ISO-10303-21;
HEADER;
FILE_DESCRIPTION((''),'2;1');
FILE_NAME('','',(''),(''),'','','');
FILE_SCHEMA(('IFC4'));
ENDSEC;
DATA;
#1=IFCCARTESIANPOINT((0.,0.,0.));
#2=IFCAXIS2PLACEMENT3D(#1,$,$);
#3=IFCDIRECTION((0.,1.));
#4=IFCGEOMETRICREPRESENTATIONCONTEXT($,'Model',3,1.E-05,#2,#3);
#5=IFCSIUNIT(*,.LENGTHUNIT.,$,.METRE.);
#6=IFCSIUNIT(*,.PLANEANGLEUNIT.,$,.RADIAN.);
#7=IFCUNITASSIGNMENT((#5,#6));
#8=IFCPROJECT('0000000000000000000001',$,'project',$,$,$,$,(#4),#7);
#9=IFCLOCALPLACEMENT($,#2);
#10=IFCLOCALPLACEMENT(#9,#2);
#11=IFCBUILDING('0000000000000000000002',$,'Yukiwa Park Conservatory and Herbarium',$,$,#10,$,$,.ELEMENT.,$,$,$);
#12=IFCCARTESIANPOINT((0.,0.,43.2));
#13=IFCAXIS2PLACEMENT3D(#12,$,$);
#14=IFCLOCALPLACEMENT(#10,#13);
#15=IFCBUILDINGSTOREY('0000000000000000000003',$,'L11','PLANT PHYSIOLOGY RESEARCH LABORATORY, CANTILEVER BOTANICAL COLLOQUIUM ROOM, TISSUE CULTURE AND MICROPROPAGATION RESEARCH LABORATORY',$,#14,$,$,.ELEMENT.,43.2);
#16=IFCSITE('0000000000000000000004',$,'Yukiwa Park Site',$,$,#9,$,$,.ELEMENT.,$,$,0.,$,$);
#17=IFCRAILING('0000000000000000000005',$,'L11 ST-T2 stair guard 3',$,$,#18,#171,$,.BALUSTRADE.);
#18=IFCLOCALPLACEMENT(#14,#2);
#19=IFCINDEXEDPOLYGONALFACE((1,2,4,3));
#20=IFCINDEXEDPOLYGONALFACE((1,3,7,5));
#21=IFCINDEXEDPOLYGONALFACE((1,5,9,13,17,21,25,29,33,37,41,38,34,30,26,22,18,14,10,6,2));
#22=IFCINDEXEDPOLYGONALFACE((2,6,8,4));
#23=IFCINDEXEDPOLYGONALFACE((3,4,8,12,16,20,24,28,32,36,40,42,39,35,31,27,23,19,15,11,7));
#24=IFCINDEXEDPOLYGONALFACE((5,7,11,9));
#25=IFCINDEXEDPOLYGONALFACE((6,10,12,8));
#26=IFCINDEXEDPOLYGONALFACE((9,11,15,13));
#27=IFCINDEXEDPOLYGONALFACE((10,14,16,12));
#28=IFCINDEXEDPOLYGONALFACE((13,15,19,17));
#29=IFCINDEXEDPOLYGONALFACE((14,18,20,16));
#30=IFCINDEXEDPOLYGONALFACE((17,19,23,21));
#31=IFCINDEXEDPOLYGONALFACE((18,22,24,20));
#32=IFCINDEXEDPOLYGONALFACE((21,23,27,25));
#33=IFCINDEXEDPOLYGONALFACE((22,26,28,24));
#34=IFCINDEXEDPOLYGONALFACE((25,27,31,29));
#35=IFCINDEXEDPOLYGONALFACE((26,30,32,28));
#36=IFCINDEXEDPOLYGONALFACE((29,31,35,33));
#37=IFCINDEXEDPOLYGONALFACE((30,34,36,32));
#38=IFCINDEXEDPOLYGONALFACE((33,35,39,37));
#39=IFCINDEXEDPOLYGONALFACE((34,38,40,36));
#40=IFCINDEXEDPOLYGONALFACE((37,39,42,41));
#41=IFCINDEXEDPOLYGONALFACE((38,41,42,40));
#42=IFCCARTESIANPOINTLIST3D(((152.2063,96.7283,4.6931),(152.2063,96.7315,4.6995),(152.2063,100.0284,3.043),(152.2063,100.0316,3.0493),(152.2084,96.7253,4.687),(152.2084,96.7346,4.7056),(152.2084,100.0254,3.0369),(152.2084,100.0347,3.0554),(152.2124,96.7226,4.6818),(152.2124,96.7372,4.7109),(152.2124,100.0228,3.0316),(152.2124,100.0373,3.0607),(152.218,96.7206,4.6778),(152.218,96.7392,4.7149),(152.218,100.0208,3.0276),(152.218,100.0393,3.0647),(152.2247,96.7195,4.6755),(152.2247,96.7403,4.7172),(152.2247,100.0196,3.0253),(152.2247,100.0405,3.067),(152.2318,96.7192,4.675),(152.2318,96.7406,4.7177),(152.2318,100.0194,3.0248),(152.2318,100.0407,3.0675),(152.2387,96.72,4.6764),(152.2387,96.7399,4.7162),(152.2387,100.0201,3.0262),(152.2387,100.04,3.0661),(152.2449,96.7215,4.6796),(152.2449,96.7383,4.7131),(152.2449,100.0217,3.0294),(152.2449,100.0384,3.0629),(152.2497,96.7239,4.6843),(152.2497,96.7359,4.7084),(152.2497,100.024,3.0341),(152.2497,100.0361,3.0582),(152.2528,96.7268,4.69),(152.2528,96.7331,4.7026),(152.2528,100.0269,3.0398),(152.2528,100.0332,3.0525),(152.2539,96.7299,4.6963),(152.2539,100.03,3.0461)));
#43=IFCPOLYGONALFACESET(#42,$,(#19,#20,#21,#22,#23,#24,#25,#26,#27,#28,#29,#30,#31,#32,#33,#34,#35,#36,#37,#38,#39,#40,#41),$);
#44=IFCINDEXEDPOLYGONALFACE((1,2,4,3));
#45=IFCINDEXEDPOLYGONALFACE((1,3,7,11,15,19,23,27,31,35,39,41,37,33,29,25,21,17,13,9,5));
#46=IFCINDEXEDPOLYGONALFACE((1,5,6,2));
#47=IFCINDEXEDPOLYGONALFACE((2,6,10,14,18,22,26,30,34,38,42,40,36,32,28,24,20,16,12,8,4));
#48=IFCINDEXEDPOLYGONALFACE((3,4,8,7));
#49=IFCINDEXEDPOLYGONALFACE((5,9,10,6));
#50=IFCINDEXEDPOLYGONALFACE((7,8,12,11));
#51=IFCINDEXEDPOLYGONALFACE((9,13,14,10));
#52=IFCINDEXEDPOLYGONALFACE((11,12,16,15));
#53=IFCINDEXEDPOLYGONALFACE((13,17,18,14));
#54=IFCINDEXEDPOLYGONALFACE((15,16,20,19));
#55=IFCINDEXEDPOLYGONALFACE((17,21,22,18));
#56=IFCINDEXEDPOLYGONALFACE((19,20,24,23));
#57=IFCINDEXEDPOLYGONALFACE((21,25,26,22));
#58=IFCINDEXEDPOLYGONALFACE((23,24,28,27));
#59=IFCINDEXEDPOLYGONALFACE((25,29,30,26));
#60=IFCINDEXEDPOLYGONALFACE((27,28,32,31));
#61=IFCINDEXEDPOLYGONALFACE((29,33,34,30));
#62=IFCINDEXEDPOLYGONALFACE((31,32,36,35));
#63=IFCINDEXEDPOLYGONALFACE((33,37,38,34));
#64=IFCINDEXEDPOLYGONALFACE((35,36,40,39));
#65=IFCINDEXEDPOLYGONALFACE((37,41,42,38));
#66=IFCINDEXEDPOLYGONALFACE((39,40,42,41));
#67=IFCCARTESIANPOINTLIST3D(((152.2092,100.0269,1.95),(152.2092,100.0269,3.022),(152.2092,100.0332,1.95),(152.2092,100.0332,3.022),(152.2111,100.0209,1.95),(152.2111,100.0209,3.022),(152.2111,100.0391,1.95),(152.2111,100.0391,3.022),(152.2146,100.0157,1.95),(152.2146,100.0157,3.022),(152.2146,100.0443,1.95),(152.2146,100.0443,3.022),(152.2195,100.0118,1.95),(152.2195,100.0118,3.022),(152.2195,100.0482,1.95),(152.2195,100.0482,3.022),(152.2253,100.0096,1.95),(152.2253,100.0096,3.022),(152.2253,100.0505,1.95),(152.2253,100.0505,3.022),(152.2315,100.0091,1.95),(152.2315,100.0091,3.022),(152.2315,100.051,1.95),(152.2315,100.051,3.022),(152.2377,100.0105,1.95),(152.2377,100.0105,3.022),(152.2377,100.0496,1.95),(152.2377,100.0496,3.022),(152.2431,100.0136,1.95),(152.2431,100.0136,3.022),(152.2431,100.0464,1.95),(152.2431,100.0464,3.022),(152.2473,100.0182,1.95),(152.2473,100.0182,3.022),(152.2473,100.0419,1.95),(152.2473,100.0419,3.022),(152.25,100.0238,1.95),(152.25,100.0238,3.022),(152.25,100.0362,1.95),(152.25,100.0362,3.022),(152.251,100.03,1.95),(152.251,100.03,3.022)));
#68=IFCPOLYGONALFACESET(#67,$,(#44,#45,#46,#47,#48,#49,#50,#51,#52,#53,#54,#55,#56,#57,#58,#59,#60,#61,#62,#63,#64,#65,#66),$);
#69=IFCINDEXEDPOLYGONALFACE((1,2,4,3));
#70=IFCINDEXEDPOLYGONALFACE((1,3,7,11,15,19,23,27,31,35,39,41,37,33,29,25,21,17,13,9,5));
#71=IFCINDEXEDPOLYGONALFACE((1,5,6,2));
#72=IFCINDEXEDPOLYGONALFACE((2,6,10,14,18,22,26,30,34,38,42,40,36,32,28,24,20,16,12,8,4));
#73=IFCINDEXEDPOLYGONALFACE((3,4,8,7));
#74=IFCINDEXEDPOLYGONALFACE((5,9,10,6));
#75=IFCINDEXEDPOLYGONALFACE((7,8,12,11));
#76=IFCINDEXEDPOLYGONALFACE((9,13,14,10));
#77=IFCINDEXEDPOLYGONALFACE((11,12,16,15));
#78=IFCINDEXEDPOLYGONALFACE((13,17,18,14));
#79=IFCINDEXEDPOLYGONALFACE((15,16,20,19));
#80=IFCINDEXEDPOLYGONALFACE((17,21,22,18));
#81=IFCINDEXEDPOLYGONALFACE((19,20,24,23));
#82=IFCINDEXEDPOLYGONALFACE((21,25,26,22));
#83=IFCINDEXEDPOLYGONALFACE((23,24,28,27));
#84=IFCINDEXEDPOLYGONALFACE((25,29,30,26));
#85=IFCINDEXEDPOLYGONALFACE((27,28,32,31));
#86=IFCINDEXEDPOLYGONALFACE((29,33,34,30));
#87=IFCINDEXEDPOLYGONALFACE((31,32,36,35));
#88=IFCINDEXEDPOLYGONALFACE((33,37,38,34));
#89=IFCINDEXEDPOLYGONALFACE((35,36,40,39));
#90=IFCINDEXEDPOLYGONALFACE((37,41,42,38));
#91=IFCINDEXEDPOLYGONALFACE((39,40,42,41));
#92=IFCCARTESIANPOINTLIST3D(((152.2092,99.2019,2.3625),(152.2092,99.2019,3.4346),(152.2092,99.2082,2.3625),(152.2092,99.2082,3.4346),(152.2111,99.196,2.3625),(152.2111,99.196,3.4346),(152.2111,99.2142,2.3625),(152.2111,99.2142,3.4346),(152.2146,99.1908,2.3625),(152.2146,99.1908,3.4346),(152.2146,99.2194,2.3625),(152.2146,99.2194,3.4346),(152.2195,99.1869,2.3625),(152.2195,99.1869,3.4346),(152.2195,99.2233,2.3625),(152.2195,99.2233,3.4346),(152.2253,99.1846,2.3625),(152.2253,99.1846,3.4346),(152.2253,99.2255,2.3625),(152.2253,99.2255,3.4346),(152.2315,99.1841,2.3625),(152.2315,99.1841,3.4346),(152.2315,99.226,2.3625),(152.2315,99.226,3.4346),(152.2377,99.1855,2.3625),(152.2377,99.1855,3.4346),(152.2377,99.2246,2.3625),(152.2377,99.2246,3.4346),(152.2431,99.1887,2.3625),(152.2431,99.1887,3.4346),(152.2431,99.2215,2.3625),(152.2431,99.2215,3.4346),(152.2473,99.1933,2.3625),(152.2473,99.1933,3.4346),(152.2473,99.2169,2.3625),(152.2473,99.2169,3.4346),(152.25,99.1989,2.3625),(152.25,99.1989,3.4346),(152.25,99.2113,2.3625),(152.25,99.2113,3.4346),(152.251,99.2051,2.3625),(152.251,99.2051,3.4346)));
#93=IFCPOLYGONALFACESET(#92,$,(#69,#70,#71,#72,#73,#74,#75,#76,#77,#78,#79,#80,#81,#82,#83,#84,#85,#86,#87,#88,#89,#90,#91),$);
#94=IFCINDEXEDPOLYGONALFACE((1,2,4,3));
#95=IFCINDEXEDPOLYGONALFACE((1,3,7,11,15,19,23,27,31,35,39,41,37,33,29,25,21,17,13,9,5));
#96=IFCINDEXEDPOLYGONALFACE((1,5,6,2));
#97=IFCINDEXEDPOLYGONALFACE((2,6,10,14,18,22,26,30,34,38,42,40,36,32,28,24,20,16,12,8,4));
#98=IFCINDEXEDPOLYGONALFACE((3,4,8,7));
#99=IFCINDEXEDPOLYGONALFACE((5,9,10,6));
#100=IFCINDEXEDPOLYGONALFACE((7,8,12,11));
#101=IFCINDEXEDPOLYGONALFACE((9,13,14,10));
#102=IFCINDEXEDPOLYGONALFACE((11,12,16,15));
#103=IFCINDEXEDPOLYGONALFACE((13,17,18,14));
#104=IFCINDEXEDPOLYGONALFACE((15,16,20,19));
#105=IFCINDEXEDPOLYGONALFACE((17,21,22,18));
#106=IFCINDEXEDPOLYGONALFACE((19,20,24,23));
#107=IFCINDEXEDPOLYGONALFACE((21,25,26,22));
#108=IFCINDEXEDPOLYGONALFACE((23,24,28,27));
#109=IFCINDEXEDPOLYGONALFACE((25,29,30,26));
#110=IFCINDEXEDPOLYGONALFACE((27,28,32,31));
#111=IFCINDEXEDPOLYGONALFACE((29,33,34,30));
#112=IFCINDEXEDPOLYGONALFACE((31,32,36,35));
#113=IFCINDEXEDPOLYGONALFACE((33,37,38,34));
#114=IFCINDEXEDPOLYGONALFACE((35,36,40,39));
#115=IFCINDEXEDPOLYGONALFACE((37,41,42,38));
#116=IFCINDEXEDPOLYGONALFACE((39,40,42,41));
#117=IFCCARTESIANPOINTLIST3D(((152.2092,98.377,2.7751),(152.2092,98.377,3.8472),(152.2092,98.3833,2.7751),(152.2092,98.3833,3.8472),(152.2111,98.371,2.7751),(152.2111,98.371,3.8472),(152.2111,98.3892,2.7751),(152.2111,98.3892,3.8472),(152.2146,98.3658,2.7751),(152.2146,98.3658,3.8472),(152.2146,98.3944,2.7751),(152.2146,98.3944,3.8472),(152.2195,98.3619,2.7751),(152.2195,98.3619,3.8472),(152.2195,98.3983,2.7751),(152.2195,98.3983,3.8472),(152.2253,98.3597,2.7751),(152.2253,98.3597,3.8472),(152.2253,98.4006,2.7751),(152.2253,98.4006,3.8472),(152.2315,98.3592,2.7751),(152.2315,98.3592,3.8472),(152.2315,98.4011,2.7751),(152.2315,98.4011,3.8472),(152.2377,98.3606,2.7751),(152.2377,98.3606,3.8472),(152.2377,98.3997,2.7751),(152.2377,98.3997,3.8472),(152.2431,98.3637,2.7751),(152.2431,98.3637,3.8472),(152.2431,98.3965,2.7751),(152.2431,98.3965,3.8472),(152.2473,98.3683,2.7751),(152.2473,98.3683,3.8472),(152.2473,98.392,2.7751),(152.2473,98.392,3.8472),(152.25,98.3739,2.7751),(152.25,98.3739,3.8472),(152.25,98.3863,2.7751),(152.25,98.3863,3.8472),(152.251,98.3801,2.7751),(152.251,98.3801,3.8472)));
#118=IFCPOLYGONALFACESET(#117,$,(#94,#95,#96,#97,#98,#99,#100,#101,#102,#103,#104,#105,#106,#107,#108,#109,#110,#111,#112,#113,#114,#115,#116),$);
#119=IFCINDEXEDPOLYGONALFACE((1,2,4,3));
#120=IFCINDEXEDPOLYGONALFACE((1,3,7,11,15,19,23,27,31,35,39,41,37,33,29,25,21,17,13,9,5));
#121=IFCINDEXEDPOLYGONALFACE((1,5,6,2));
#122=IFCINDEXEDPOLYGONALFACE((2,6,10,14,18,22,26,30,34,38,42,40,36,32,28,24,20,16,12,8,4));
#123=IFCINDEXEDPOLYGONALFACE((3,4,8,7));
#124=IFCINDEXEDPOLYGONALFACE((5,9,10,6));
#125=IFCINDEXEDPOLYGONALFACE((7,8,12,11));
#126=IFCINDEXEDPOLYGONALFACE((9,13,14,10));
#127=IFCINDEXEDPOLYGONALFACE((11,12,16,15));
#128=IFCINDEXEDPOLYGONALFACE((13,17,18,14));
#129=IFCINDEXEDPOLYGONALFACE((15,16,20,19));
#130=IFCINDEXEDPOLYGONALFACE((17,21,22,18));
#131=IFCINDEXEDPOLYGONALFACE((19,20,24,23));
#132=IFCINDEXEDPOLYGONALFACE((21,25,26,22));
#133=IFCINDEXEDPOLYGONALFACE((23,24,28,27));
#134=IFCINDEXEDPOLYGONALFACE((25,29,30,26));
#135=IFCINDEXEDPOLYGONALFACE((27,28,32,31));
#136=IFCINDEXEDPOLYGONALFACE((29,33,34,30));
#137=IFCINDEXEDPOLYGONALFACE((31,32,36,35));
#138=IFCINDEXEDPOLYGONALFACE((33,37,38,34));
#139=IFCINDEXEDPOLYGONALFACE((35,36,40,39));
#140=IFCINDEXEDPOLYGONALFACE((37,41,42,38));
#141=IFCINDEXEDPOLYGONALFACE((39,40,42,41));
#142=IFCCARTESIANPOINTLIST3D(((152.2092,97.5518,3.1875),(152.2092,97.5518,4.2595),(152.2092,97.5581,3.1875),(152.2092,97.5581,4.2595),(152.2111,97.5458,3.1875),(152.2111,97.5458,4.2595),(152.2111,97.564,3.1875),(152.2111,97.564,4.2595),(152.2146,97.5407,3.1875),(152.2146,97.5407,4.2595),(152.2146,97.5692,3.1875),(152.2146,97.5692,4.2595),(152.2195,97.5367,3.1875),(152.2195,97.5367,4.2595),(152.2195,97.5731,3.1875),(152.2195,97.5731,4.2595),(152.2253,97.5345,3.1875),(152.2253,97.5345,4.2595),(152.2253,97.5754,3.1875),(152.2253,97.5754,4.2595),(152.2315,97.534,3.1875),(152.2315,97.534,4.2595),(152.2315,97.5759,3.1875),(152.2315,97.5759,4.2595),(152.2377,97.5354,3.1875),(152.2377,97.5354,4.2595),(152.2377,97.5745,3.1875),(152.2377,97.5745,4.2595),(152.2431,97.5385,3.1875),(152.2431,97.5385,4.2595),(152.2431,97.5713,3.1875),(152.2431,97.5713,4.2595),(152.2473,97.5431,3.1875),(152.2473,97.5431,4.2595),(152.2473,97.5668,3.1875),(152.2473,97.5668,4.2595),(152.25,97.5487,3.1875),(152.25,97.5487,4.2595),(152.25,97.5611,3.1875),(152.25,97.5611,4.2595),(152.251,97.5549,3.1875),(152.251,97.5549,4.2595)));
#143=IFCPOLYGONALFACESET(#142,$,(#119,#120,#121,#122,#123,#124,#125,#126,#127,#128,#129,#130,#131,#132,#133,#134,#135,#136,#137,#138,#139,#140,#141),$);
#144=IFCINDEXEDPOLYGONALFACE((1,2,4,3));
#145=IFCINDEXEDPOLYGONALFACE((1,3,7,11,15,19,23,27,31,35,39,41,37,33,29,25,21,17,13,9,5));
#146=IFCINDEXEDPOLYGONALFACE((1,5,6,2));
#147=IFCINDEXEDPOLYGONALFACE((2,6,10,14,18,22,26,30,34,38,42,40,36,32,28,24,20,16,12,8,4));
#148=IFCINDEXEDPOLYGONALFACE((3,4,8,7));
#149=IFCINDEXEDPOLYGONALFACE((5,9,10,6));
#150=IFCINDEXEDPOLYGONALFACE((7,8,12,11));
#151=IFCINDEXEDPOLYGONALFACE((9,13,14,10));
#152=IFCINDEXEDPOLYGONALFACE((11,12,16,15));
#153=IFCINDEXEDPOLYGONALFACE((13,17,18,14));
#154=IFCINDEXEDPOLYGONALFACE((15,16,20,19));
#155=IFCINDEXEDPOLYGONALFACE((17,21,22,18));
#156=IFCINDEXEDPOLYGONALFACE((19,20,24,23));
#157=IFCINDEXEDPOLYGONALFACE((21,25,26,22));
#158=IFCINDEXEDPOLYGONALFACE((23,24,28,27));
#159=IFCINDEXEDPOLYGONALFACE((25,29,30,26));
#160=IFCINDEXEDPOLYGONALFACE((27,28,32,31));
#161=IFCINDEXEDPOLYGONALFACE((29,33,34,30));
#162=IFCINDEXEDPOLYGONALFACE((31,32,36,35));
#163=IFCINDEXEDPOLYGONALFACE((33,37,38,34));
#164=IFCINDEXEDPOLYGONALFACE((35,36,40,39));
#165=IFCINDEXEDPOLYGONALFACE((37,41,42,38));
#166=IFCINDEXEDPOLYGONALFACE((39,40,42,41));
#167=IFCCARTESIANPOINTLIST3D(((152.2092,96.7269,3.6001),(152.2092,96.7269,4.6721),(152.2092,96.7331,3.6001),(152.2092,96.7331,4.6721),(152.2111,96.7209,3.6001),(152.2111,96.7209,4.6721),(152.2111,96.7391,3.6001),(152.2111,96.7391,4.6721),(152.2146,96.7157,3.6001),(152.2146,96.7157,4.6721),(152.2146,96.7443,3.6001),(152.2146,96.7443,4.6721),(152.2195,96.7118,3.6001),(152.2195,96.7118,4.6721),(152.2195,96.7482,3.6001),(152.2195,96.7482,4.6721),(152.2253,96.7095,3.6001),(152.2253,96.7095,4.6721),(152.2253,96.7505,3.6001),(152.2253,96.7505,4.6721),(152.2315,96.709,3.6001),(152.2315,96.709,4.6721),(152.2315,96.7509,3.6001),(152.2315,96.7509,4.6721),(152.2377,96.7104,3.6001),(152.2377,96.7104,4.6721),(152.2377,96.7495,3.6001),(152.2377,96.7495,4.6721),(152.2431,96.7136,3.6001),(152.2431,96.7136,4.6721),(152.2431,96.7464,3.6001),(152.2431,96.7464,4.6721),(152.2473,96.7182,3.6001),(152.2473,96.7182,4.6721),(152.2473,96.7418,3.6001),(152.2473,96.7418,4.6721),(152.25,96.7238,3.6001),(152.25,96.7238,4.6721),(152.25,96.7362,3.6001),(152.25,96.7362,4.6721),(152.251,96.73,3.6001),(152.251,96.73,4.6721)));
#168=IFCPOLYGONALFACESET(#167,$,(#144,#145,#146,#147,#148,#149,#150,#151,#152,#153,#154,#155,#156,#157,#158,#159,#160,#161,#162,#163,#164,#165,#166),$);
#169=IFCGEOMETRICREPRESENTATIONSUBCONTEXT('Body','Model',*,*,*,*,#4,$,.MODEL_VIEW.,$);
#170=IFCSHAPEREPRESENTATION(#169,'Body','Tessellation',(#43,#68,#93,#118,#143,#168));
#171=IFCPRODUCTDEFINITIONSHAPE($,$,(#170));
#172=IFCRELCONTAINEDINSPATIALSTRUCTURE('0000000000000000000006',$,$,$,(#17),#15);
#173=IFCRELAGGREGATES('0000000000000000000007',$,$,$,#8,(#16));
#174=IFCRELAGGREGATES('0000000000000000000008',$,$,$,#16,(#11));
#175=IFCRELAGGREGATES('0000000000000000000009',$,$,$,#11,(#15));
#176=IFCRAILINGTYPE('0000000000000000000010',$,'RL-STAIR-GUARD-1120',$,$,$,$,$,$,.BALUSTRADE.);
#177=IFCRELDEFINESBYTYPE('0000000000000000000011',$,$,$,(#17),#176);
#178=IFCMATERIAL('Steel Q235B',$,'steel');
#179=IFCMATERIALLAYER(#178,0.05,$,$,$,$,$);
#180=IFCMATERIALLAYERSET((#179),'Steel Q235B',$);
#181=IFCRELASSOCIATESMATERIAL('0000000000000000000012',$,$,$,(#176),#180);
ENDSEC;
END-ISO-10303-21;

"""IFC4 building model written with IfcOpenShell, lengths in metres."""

from ifc_helpers import new_model, si_unit, direction, frame, origin, origin_2d, place, context, subcontext, project, spatial, circle, extrude, material, layer, layer_set, type_object, element, save


model = new_model("IFC4")

# Units and contexts
model_context = context("Model", 3, precision=1e-05, world=origin(), true_north=direction((0.0, 1.0)))
body_context = subcontext(model_context, "Body", "Model", "MODEL_VIEW")
ifc_project = project(units=[si_unit("LENGTHUNIT", "METRE"), si_unit("PLANEANGLEUNIT", "RADIAN")], contexts=[model_context])

# Site, building, storey
site_placement = place(None, origin())
site = spatial("IfcSite", under=ifc_project, at=site_placement, Name="Yukiwa Park Site", CompositionType="ELEMENT", RefElevation=0.0)
building_placement = place(site_placement, origin())
building = spatial("IfcBuilding", under=site, at=building_placement, Name="Yukiwa Park Conservatory and Herbarium", CompositionType="ELEMENT")
storey_placement = place(building_placement, frame((0.0, 0.0, 43.2)))
storey = spatial("IfcBuildingStorey", under=building, at=storey_placement, Name="L11", Description="PLANT PHYSIOLOGY RESEARCH LABORATORY, CANTILEVER BOTANICAL COLLOQUIUM ROOM, TISSUE CULTURE AND MICROPROPAGATION RESEARCH LABORATORY", CompositionType="ELEMENT", Elevation=43.2)

# Railing
ifc_material_1 = material(Name="Steel Q235B", Category="steel")
ifc_layer_1 = layer(ifc_material_1, 0.05)
ifc_layer_set_1 = layer_set([ifc_layer_1], Name="Steel Q235B")
railing_type_1 = type_object("IfcRailingType", Name="RL-STAIR-GUARD-1120", PredefinedType="BALUSTRADE", material=ifc_layer_set_1)
railing_1_placement = place(storey_placement, frame((152.23, 100.03, 1.95)))
element("IfcRailing", 1, at=railing_1_placement, inside=storey, type_object=railing_type_1, Name="L11 ST-T2 stair guard 3", PredefinedType="BALUSTRADE", context=body_context, shape_type="SweptSolid", body=[
    extrude(circle(Radius=0.0239, at=origin_2d()), frame((0.0, 0.0, 1.0962), z_axis=(0.0, -0.894414, 0.44724), x_axis=(1.0, 0.0, 0.0)), (0.0, 0.0, 1.0), 3.6897),
    extrude(circle(Radius=0.021, at=origin_2d()), origin(), (0.0, 0.0, 1.0), 1.072),
    extrude(circle(Radius=0.021, at=origin_2d()), frame((0.0, -0.825, 0.4126)), (0.0, 0.0, 1.0), 1.072),
    extrude(circle(Radius=0.021, at=origin_2d()), frame((0.0, -1.6499, 0.8252)), (0.0, 0.0, 1.0), 1.072),
    extrude(circle(Radius=0.021, at=origin_2d()), frame((0.0, -2.4751, 1.2375)), (0.0, 0.0, 1.0), 1.072),
    extrude(circle(Radius=0.021, at=origin_2d()), frame((0.0, -3.3, 1.6501)), (0.0, 0.0, 1.0), 1.072),
])

save(model, "model.ifc")
